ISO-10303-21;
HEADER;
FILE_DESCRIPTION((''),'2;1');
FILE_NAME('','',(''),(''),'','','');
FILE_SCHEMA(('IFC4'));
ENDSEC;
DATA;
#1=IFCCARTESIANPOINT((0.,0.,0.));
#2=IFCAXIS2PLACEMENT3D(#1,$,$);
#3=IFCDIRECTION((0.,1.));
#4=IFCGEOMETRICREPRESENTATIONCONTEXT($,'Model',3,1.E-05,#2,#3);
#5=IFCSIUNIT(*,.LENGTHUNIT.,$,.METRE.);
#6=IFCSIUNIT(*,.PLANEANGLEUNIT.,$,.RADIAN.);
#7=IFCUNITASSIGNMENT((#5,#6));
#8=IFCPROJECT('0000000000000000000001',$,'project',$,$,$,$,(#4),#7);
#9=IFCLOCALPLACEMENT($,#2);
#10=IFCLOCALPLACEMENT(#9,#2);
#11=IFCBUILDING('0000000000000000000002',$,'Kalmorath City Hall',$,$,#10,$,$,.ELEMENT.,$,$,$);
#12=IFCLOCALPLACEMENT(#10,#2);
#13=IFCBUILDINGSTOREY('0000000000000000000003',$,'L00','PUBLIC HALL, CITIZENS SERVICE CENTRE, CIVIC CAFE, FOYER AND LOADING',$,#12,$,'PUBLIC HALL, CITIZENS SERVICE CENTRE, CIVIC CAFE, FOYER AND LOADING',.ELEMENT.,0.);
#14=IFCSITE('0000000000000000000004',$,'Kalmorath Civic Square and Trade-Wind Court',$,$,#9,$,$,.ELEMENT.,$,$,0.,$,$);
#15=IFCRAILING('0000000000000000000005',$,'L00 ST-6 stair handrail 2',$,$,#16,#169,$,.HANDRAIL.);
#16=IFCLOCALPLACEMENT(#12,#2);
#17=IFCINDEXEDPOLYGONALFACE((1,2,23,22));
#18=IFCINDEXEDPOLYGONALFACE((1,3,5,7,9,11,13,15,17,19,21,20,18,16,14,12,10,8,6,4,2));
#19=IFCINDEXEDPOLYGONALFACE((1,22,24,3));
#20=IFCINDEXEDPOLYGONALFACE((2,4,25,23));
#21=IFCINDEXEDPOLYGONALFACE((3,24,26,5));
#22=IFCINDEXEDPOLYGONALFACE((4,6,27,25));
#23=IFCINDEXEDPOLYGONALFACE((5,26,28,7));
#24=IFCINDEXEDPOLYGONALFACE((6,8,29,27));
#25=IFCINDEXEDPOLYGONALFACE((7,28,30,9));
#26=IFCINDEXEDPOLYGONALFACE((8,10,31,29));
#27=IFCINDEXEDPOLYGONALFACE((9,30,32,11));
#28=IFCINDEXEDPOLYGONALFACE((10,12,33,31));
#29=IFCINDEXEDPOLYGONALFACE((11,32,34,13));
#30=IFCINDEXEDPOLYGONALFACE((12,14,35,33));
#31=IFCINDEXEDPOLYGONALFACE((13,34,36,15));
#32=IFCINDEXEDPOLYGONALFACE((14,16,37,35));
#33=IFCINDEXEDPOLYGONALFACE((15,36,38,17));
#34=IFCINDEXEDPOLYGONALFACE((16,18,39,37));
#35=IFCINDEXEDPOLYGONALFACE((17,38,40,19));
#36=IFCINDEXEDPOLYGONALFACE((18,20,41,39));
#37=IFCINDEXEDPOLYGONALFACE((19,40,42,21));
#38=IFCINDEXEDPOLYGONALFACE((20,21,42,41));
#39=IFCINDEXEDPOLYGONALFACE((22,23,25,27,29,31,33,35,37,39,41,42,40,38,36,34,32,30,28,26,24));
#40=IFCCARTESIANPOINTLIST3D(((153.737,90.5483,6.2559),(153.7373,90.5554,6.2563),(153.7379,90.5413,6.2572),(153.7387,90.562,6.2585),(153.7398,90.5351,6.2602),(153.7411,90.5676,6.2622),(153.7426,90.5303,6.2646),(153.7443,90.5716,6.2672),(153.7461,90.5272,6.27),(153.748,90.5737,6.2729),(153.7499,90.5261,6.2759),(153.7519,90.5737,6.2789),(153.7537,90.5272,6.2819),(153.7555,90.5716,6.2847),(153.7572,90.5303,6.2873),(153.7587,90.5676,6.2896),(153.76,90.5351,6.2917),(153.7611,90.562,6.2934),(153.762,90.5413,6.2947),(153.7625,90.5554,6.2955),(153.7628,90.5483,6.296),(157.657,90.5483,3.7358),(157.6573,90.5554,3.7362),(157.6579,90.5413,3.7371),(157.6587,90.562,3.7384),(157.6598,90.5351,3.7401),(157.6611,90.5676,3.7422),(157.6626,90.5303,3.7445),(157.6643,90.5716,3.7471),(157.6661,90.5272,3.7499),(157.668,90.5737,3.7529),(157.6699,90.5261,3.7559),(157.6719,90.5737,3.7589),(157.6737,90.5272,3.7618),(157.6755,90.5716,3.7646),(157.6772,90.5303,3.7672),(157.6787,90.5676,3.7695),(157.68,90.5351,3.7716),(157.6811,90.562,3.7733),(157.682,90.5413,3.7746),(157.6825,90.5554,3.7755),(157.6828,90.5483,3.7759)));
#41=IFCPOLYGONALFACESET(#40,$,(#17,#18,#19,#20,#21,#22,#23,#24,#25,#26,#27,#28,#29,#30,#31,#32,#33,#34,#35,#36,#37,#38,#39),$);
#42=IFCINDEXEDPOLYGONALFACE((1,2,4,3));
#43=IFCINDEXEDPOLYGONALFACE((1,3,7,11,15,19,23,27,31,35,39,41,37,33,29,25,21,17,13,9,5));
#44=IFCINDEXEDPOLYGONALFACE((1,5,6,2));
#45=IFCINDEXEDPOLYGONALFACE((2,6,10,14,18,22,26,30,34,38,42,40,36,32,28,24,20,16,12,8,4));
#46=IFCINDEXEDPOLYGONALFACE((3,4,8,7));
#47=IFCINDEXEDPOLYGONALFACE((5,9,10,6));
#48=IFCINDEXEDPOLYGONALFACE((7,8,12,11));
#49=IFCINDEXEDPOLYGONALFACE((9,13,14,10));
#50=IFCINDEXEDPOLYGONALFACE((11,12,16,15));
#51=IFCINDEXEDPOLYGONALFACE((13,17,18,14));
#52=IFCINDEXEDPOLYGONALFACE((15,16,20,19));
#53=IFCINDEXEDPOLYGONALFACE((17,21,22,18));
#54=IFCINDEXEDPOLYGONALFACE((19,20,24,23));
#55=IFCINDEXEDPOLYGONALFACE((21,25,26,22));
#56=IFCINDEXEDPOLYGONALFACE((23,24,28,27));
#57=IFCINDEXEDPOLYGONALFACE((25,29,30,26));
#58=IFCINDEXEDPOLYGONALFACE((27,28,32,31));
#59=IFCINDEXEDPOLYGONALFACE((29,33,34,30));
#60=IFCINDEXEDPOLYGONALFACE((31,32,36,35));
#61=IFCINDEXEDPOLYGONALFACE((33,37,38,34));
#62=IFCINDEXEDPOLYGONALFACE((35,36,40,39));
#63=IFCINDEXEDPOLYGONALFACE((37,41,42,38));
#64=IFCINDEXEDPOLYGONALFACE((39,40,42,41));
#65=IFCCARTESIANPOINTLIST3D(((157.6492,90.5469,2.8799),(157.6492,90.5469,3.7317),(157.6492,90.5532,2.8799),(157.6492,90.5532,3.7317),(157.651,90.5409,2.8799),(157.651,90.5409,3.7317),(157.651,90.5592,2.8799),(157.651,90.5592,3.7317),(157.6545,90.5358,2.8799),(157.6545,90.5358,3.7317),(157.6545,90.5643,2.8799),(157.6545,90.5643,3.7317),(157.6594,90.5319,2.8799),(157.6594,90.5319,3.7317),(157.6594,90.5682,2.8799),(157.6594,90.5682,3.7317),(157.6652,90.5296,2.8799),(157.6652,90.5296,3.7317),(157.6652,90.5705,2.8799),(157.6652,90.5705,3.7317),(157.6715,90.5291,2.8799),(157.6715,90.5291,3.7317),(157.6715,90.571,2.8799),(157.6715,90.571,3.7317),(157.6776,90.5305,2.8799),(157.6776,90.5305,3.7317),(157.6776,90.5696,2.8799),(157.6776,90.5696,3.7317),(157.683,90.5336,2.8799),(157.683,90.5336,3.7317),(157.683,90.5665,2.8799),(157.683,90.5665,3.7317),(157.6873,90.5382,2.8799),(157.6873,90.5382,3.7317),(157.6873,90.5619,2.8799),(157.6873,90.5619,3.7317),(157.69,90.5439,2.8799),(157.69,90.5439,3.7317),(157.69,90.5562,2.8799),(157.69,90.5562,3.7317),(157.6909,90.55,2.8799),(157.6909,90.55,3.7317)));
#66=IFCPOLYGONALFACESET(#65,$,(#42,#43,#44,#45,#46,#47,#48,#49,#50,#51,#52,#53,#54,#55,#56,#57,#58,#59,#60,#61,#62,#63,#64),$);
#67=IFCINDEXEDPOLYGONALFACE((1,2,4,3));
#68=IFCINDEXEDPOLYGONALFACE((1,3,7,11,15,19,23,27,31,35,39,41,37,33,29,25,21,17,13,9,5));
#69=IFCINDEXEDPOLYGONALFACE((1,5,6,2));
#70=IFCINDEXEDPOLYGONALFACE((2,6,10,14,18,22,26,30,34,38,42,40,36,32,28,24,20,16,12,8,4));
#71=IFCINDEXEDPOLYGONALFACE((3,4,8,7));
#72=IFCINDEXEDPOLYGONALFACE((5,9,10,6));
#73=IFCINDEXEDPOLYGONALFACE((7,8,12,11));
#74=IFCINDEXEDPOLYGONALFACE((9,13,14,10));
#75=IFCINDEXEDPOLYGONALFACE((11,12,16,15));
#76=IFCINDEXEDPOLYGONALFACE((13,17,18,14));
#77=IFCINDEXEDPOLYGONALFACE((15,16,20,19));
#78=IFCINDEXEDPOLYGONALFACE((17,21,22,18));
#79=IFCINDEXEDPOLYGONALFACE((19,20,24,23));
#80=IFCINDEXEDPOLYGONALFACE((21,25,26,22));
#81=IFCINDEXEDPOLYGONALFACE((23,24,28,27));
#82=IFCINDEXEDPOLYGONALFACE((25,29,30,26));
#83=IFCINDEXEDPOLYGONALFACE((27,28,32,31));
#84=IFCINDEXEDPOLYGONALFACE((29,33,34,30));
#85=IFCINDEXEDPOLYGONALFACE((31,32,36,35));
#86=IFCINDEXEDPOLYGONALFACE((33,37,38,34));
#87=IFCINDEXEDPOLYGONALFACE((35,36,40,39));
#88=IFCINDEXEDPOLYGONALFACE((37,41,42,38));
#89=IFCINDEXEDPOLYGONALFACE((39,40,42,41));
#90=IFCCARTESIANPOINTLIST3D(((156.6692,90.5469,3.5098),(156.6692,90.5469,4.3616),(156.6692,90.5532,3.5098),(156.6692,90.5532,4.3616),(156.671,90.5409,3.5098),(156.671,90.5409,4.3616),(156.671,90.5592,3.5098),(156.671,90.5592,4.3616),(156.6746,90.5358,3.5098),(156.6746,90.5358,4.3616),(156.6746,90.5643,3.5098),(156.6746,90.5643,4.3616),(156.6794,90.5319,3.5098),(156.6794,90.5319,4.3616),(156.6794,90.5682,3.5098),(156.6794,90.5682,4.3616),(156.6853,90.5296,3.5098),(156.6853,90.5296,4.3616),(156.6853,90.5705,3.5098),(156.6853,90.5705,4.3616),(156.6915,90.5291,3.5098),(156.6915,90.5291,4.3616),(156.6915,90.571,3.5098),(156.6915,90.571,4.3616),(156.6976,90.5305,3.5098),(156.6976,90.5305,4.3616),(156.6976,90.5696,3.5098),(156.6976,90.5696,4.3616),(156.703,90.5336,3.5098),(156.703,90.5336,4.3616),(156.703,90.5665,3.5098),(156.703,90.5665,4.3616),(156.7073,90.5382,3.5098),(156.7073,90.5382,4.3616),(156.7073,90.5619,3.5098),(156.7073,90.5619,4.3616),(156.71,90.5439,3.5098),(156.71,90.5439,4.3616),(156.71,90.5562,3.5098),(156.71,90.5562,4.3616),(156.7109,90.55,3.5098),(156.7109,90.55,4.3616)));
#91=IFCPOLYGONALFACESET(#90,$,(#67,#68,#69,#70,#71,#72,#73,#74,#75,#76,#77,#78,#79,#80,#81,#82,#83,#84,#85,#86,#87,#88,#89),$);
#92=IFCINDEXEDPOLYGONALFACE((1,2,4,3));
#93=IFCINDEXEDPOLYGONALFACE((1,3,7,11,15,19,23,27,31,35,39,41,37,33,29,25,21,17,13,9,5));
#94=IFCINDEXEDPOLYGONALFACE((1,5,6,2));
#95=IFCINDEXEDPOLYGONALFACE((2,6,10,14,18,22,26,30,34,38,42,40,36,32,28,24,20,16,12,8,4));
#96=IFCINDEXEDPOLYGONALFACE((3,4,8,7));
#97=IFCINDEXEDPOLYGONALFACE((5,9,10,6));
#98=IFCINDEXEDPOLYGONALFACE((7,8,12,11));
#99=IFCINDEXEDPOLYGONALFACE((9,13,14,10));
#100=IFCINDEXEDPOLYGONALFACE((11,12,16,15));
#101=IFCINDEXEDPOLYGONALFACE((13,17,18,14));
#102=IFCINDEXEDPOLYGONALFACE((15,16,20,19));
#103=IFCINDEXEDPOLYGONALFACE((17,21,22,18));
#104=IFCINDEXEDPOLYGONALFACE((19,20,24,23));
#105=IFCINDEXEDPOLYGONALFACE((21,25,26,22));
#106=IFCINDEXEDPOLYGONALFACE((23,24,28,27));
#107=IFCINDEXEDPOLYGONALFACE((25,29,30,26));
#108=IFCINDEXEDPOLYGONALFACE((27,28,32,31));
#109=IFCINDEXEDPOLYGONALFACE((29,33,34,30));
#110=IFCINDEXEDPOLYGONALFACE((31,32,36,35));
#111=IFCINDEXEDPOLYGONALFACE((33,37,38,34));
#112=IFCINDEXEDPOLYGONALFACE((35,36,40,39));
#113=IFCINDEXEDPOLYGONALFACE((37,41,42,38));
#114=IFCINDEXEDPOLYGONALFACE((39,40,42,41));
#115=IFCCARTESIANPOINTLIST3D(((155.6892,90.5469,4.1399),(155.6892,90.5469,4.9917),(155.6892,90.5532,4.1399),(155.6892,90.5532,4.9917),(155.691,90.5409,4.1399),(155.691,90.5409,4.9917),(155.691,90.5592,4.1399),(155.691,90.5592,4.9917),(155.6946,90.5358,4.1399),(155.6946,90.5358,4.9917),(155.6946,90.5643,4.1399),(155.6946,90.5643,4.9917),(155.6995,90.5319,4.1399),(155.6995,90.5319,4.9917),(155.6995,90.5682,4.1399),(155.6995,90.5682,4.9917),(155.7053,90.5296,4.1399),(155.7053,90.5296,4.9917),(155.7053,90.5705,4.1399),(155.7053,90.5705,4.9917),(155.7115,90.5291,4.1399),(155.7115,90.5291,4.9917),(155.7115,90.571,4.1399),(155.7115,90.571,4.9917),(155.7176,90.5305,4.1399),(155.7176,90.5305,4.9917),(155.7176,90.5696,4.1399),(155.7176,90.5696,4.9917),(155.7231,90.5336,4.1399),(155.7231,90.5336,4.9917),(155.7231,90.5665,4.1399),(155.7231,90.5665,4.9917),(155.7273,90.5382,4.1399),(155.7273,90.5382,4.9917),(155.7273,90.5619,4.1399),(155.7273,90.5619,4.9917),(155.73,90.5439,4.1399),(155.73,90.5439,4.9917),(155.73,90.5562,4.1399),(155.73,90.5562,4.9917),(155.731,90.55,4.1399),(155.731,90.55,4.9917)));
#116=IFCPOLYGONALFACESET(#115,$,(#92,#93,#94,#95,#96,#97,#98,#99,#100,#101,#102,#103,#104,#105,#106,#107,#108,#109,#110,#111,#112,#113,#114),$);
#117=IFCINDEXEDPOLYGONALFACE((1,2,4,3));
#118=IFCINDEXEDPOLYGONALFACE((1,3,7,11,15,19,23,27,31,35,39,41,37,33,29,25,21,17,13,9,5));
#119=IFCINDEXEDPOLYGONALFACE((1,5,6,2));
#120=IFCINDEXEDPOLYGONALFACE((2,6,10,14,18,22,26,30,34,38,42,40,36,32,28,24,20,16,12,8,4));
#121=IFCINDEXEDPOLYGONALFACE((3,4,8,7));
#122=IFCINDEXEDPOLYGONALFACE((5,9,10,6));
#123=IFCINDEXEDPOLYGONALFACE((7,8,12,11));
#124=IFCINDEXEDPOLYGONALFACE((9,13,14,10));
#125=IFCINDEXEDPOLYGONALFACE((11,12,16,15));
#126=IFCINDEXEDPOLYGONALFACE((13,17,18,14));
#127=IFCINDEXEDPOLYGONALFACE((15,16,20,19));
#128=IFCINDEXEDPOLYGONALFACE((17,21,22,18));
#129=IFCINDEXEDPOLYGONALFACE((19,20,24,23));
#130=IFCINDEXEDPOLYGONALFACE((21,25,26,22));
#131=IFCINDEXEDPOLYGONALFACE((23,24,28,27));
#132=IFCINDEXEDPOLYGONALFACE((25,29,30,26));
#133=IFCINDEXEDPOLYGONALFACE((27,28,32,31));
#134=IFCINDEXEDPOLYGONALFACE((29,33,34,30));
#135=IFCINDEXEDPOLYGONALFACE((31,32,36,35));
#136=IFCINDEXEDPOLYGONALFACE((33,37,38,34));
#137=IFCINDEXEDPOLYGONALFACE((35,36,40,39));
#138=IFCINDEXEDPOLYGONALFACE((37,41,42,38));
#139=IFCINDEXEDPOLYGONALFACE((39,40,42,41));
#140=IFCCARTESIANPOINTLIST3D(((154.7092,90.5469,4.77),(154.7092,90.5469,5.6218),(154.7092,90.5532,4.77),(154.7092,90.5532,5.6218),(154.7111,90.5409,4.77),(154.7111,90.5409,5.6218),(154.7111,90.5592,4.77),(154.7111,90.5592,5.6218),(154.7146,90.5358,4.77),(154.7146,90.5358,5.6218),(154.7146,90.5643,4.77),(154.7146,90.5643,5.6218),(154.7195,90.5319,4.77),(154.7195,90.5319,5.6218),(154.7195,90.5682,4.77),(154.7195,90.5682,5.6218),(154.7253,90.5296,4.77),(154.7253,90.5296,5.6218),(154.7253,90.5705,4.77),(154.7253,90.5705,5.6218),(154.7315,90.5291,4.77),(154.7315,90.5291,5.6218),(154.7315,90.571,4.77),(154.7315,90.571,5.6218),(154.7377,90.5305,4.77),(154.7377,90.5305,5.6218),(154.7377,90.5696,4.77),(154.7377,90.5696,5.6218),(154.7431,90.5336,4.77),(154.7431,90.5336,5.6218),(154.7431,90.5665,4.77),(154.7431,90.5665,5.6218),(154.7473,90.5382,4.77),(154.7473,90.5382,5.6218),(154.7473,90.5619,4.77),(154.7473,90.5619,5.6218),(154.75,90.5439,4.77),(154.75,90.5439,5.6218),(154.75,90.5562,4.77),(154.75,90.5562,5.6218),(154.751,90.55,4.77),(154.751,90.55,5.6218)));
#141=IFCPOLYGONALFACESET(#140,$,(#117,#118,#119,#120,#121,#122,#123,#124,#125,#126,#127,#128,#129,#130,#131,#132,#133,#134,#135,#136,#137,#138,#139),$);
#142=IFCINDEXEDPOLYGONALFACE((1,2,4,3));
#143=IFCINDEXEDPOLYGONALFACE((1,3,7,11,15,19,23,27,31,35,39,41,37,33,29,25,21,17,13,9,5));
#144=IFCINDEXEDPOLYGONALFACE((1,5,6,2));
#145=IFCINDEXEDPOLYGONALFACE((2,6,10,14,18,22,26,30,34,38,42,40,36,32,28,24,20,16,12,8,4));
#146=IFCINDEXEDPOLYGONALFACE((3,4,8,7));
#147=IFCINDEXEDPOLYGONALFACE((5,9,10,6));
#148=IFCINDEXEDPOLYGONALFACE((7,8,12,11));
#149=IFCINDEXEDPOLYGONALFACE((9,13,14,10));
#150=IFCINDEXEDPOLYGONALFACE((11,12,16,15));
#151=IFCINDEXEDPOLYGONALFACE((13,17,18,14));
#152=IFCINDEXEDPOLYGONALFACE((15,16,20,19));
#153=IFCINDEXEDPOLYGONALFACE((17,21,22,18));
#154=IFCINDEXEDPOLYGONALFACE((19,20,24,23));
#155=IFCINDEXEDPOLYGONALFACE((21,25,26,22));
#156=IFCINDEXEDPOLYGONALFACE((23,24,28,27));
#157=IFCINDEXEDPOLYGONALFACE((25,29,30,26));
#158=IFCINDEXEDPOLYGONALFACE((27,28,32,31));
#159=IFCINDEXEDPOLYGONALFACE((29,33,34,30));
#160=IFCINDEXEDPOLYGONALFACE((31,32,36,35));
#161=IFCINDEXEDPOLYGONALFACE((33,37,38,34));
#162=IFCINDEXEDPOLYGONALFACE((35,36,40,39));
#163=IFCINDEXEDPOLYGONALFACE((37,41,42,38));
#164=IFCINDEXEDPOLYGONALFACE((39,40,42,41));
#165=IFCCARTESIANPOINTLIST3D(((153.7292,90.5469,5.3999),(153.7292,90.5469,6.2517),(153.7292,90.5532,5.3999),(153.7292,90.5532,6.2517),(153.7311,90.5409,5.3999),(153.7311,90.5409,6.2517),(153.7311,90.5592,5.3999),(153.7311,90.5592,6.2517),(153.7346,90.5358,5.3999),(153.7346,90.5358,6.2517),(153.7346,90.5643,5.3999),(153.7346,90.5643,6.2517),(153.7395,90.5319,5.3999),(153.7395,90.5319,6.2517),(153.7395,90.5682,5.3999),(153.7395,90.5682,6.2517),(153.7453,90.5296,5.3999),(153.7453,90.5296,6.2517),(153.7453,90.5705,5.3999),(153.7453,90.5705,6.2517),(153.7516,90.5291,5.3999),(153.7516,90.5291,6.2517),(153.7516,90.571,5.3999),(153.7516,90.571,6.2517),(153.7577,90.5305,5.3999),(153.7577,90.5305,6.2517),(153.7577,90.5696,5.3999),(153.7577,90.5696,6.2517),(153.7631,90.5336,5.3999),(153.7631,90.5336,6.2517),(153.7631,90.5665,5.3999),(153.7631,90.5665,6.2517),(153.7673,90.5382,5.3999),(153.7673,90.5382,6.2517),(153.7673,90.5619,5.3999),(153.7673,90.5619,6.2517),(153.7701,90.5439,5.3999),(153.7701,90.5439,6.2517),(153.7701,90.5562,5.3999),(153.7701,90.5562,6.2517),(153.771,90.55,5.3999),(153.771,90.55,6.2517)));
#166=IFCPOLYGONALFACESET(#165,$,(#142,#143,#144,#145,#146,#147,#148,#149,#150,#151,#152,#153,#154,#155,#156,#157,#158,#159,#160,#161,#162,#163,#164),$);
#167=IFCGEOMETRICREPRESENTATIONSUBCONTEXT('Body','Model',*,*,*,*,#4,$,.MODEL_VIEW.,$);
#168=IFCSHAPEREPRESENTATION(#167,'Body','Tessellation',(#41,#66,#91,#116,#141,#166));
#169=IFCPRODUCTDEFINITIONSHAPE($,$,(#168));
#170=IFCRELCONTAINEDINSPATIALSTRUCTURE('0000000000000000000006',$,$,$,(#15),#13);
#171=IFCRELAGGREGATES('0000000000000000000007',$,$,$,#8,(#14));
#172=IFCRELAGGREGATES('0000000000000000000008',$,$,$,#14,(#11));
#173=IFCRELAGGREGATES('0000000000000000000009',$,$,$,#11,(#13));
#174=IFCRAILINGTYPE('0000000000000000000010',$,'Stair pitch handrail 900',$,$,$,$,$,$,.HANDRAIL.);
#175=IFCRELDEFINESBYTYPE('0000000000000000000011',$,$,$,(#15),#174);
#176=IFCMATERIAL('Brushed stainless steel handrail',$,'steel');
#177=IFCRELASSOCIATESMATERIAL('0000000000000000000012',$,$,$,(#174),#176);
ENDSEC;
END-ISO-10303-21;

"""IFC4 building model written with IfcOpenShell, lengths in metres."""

from ifc_helpers import new_model, si_unit, direction, frame, origin, origin_2d, place, context, subcontext, project, spatial, circle, extrude, material, type_object, element, save


model = new_model("IFC4")

# Units and contexts
model_context = context("Model", 3, precision=1e-05, world=origin(), true_north=direction((0.0, 1.0)))
body_context = subcontext(model_context, "Body", "Model", "MODEL_VIEW")
ifc_project = project(units=[si_unit("LENGTHUNIT", "METRE"), si_unit("PLANEANGLEUNIT", "RADIAN")], contexts=[model_context])

# Site, building, storey
site_placement = place(None, origin())
site = spatial("IfcSite", under=ifc_project, at=site_placement, Name="Kalmorath Civic Square and Trade-Wind Court", CompositionType="ELEMENT", RefElevation=0.0)
building_placement = place(site_placement, origin())
building = spatial("IfcBuilding", under=site, at=building_placement, Name="Kalmorath City Hall", CompositionType="ELEMENT")
storey_placement = place(building_placement, origin())
storey = spatial("IfcBuildingStorey", under=building, at=storey_placement, Name="L00", Description="PUBLIC HALL, CITIZENS SERVICE CENTRE, CIVIC CAFE, FOYER AND LOADING", LongName="PUBLIC HALL, CITIZENS SERVICE CENTRE, CIVIC CAFE, FOYER AND LOADING", CompositionType="ELEMENT", Elevation=0.0)

# Railing
ifc_material_1 = material(Name="Brushed stainless steel handrail", Category="steel")
railing_type_1 = type_object("IfcRailingType", Name="Stair pitch handrail 900", PredefinedType="HANDRAIL", material=ifc_material_1)
railing_1_placement = place(storey_placement, frame((157.6699, 90.55, 2.8799)))
element("IfcRailing", 1, at=railing_1_placement, inside=storey, type_object=railing_type_1, Name="L00 ST-6 stair handrail 2", PredefinedType="HANDRAIL", context=body_context, shape_type="SweptSolid", body=[
    extrude(circle(Radius=0.0239, at=origin_2d()), frame((0.0, 0.0, 0.876), z_axis=(-0.841172, 0.0, 0.540768), x_axis=(0.0, -1.0, 0.0)), (0.0, 0.0, 1.0), 4.6602),
    extrude(circle(Radius=0.021, at=origin_2d()), origin(), (0.0, 0.0, 1.0), 0.8518),
    extrude(circle(Radius=0.021, at=origin_2d()), frame((-0.98, 0.0, 0.6299)), (0.0, 0.0, 1.0), 0.8518),
    extrude(circle(Radius=0.021, at=origin_2d()), frame((-1.96, 0.0, 1.26)), (0.0, 0.0, 1.0), 0.8518),
    extrude(circle(Radius=0.021, at=origin_2d()), frame((-2.9399, 0.0, 1.8901)), (0.0, 0.0, 1.0), 0.8518),
    extrude(circle(Radius=0.021, at=origin_2d()), frame((-3.9199, 0.0, 2.52)), (0.0, 0.0, 1.0), 0.8518),
])

save(model, "model.ifc")
